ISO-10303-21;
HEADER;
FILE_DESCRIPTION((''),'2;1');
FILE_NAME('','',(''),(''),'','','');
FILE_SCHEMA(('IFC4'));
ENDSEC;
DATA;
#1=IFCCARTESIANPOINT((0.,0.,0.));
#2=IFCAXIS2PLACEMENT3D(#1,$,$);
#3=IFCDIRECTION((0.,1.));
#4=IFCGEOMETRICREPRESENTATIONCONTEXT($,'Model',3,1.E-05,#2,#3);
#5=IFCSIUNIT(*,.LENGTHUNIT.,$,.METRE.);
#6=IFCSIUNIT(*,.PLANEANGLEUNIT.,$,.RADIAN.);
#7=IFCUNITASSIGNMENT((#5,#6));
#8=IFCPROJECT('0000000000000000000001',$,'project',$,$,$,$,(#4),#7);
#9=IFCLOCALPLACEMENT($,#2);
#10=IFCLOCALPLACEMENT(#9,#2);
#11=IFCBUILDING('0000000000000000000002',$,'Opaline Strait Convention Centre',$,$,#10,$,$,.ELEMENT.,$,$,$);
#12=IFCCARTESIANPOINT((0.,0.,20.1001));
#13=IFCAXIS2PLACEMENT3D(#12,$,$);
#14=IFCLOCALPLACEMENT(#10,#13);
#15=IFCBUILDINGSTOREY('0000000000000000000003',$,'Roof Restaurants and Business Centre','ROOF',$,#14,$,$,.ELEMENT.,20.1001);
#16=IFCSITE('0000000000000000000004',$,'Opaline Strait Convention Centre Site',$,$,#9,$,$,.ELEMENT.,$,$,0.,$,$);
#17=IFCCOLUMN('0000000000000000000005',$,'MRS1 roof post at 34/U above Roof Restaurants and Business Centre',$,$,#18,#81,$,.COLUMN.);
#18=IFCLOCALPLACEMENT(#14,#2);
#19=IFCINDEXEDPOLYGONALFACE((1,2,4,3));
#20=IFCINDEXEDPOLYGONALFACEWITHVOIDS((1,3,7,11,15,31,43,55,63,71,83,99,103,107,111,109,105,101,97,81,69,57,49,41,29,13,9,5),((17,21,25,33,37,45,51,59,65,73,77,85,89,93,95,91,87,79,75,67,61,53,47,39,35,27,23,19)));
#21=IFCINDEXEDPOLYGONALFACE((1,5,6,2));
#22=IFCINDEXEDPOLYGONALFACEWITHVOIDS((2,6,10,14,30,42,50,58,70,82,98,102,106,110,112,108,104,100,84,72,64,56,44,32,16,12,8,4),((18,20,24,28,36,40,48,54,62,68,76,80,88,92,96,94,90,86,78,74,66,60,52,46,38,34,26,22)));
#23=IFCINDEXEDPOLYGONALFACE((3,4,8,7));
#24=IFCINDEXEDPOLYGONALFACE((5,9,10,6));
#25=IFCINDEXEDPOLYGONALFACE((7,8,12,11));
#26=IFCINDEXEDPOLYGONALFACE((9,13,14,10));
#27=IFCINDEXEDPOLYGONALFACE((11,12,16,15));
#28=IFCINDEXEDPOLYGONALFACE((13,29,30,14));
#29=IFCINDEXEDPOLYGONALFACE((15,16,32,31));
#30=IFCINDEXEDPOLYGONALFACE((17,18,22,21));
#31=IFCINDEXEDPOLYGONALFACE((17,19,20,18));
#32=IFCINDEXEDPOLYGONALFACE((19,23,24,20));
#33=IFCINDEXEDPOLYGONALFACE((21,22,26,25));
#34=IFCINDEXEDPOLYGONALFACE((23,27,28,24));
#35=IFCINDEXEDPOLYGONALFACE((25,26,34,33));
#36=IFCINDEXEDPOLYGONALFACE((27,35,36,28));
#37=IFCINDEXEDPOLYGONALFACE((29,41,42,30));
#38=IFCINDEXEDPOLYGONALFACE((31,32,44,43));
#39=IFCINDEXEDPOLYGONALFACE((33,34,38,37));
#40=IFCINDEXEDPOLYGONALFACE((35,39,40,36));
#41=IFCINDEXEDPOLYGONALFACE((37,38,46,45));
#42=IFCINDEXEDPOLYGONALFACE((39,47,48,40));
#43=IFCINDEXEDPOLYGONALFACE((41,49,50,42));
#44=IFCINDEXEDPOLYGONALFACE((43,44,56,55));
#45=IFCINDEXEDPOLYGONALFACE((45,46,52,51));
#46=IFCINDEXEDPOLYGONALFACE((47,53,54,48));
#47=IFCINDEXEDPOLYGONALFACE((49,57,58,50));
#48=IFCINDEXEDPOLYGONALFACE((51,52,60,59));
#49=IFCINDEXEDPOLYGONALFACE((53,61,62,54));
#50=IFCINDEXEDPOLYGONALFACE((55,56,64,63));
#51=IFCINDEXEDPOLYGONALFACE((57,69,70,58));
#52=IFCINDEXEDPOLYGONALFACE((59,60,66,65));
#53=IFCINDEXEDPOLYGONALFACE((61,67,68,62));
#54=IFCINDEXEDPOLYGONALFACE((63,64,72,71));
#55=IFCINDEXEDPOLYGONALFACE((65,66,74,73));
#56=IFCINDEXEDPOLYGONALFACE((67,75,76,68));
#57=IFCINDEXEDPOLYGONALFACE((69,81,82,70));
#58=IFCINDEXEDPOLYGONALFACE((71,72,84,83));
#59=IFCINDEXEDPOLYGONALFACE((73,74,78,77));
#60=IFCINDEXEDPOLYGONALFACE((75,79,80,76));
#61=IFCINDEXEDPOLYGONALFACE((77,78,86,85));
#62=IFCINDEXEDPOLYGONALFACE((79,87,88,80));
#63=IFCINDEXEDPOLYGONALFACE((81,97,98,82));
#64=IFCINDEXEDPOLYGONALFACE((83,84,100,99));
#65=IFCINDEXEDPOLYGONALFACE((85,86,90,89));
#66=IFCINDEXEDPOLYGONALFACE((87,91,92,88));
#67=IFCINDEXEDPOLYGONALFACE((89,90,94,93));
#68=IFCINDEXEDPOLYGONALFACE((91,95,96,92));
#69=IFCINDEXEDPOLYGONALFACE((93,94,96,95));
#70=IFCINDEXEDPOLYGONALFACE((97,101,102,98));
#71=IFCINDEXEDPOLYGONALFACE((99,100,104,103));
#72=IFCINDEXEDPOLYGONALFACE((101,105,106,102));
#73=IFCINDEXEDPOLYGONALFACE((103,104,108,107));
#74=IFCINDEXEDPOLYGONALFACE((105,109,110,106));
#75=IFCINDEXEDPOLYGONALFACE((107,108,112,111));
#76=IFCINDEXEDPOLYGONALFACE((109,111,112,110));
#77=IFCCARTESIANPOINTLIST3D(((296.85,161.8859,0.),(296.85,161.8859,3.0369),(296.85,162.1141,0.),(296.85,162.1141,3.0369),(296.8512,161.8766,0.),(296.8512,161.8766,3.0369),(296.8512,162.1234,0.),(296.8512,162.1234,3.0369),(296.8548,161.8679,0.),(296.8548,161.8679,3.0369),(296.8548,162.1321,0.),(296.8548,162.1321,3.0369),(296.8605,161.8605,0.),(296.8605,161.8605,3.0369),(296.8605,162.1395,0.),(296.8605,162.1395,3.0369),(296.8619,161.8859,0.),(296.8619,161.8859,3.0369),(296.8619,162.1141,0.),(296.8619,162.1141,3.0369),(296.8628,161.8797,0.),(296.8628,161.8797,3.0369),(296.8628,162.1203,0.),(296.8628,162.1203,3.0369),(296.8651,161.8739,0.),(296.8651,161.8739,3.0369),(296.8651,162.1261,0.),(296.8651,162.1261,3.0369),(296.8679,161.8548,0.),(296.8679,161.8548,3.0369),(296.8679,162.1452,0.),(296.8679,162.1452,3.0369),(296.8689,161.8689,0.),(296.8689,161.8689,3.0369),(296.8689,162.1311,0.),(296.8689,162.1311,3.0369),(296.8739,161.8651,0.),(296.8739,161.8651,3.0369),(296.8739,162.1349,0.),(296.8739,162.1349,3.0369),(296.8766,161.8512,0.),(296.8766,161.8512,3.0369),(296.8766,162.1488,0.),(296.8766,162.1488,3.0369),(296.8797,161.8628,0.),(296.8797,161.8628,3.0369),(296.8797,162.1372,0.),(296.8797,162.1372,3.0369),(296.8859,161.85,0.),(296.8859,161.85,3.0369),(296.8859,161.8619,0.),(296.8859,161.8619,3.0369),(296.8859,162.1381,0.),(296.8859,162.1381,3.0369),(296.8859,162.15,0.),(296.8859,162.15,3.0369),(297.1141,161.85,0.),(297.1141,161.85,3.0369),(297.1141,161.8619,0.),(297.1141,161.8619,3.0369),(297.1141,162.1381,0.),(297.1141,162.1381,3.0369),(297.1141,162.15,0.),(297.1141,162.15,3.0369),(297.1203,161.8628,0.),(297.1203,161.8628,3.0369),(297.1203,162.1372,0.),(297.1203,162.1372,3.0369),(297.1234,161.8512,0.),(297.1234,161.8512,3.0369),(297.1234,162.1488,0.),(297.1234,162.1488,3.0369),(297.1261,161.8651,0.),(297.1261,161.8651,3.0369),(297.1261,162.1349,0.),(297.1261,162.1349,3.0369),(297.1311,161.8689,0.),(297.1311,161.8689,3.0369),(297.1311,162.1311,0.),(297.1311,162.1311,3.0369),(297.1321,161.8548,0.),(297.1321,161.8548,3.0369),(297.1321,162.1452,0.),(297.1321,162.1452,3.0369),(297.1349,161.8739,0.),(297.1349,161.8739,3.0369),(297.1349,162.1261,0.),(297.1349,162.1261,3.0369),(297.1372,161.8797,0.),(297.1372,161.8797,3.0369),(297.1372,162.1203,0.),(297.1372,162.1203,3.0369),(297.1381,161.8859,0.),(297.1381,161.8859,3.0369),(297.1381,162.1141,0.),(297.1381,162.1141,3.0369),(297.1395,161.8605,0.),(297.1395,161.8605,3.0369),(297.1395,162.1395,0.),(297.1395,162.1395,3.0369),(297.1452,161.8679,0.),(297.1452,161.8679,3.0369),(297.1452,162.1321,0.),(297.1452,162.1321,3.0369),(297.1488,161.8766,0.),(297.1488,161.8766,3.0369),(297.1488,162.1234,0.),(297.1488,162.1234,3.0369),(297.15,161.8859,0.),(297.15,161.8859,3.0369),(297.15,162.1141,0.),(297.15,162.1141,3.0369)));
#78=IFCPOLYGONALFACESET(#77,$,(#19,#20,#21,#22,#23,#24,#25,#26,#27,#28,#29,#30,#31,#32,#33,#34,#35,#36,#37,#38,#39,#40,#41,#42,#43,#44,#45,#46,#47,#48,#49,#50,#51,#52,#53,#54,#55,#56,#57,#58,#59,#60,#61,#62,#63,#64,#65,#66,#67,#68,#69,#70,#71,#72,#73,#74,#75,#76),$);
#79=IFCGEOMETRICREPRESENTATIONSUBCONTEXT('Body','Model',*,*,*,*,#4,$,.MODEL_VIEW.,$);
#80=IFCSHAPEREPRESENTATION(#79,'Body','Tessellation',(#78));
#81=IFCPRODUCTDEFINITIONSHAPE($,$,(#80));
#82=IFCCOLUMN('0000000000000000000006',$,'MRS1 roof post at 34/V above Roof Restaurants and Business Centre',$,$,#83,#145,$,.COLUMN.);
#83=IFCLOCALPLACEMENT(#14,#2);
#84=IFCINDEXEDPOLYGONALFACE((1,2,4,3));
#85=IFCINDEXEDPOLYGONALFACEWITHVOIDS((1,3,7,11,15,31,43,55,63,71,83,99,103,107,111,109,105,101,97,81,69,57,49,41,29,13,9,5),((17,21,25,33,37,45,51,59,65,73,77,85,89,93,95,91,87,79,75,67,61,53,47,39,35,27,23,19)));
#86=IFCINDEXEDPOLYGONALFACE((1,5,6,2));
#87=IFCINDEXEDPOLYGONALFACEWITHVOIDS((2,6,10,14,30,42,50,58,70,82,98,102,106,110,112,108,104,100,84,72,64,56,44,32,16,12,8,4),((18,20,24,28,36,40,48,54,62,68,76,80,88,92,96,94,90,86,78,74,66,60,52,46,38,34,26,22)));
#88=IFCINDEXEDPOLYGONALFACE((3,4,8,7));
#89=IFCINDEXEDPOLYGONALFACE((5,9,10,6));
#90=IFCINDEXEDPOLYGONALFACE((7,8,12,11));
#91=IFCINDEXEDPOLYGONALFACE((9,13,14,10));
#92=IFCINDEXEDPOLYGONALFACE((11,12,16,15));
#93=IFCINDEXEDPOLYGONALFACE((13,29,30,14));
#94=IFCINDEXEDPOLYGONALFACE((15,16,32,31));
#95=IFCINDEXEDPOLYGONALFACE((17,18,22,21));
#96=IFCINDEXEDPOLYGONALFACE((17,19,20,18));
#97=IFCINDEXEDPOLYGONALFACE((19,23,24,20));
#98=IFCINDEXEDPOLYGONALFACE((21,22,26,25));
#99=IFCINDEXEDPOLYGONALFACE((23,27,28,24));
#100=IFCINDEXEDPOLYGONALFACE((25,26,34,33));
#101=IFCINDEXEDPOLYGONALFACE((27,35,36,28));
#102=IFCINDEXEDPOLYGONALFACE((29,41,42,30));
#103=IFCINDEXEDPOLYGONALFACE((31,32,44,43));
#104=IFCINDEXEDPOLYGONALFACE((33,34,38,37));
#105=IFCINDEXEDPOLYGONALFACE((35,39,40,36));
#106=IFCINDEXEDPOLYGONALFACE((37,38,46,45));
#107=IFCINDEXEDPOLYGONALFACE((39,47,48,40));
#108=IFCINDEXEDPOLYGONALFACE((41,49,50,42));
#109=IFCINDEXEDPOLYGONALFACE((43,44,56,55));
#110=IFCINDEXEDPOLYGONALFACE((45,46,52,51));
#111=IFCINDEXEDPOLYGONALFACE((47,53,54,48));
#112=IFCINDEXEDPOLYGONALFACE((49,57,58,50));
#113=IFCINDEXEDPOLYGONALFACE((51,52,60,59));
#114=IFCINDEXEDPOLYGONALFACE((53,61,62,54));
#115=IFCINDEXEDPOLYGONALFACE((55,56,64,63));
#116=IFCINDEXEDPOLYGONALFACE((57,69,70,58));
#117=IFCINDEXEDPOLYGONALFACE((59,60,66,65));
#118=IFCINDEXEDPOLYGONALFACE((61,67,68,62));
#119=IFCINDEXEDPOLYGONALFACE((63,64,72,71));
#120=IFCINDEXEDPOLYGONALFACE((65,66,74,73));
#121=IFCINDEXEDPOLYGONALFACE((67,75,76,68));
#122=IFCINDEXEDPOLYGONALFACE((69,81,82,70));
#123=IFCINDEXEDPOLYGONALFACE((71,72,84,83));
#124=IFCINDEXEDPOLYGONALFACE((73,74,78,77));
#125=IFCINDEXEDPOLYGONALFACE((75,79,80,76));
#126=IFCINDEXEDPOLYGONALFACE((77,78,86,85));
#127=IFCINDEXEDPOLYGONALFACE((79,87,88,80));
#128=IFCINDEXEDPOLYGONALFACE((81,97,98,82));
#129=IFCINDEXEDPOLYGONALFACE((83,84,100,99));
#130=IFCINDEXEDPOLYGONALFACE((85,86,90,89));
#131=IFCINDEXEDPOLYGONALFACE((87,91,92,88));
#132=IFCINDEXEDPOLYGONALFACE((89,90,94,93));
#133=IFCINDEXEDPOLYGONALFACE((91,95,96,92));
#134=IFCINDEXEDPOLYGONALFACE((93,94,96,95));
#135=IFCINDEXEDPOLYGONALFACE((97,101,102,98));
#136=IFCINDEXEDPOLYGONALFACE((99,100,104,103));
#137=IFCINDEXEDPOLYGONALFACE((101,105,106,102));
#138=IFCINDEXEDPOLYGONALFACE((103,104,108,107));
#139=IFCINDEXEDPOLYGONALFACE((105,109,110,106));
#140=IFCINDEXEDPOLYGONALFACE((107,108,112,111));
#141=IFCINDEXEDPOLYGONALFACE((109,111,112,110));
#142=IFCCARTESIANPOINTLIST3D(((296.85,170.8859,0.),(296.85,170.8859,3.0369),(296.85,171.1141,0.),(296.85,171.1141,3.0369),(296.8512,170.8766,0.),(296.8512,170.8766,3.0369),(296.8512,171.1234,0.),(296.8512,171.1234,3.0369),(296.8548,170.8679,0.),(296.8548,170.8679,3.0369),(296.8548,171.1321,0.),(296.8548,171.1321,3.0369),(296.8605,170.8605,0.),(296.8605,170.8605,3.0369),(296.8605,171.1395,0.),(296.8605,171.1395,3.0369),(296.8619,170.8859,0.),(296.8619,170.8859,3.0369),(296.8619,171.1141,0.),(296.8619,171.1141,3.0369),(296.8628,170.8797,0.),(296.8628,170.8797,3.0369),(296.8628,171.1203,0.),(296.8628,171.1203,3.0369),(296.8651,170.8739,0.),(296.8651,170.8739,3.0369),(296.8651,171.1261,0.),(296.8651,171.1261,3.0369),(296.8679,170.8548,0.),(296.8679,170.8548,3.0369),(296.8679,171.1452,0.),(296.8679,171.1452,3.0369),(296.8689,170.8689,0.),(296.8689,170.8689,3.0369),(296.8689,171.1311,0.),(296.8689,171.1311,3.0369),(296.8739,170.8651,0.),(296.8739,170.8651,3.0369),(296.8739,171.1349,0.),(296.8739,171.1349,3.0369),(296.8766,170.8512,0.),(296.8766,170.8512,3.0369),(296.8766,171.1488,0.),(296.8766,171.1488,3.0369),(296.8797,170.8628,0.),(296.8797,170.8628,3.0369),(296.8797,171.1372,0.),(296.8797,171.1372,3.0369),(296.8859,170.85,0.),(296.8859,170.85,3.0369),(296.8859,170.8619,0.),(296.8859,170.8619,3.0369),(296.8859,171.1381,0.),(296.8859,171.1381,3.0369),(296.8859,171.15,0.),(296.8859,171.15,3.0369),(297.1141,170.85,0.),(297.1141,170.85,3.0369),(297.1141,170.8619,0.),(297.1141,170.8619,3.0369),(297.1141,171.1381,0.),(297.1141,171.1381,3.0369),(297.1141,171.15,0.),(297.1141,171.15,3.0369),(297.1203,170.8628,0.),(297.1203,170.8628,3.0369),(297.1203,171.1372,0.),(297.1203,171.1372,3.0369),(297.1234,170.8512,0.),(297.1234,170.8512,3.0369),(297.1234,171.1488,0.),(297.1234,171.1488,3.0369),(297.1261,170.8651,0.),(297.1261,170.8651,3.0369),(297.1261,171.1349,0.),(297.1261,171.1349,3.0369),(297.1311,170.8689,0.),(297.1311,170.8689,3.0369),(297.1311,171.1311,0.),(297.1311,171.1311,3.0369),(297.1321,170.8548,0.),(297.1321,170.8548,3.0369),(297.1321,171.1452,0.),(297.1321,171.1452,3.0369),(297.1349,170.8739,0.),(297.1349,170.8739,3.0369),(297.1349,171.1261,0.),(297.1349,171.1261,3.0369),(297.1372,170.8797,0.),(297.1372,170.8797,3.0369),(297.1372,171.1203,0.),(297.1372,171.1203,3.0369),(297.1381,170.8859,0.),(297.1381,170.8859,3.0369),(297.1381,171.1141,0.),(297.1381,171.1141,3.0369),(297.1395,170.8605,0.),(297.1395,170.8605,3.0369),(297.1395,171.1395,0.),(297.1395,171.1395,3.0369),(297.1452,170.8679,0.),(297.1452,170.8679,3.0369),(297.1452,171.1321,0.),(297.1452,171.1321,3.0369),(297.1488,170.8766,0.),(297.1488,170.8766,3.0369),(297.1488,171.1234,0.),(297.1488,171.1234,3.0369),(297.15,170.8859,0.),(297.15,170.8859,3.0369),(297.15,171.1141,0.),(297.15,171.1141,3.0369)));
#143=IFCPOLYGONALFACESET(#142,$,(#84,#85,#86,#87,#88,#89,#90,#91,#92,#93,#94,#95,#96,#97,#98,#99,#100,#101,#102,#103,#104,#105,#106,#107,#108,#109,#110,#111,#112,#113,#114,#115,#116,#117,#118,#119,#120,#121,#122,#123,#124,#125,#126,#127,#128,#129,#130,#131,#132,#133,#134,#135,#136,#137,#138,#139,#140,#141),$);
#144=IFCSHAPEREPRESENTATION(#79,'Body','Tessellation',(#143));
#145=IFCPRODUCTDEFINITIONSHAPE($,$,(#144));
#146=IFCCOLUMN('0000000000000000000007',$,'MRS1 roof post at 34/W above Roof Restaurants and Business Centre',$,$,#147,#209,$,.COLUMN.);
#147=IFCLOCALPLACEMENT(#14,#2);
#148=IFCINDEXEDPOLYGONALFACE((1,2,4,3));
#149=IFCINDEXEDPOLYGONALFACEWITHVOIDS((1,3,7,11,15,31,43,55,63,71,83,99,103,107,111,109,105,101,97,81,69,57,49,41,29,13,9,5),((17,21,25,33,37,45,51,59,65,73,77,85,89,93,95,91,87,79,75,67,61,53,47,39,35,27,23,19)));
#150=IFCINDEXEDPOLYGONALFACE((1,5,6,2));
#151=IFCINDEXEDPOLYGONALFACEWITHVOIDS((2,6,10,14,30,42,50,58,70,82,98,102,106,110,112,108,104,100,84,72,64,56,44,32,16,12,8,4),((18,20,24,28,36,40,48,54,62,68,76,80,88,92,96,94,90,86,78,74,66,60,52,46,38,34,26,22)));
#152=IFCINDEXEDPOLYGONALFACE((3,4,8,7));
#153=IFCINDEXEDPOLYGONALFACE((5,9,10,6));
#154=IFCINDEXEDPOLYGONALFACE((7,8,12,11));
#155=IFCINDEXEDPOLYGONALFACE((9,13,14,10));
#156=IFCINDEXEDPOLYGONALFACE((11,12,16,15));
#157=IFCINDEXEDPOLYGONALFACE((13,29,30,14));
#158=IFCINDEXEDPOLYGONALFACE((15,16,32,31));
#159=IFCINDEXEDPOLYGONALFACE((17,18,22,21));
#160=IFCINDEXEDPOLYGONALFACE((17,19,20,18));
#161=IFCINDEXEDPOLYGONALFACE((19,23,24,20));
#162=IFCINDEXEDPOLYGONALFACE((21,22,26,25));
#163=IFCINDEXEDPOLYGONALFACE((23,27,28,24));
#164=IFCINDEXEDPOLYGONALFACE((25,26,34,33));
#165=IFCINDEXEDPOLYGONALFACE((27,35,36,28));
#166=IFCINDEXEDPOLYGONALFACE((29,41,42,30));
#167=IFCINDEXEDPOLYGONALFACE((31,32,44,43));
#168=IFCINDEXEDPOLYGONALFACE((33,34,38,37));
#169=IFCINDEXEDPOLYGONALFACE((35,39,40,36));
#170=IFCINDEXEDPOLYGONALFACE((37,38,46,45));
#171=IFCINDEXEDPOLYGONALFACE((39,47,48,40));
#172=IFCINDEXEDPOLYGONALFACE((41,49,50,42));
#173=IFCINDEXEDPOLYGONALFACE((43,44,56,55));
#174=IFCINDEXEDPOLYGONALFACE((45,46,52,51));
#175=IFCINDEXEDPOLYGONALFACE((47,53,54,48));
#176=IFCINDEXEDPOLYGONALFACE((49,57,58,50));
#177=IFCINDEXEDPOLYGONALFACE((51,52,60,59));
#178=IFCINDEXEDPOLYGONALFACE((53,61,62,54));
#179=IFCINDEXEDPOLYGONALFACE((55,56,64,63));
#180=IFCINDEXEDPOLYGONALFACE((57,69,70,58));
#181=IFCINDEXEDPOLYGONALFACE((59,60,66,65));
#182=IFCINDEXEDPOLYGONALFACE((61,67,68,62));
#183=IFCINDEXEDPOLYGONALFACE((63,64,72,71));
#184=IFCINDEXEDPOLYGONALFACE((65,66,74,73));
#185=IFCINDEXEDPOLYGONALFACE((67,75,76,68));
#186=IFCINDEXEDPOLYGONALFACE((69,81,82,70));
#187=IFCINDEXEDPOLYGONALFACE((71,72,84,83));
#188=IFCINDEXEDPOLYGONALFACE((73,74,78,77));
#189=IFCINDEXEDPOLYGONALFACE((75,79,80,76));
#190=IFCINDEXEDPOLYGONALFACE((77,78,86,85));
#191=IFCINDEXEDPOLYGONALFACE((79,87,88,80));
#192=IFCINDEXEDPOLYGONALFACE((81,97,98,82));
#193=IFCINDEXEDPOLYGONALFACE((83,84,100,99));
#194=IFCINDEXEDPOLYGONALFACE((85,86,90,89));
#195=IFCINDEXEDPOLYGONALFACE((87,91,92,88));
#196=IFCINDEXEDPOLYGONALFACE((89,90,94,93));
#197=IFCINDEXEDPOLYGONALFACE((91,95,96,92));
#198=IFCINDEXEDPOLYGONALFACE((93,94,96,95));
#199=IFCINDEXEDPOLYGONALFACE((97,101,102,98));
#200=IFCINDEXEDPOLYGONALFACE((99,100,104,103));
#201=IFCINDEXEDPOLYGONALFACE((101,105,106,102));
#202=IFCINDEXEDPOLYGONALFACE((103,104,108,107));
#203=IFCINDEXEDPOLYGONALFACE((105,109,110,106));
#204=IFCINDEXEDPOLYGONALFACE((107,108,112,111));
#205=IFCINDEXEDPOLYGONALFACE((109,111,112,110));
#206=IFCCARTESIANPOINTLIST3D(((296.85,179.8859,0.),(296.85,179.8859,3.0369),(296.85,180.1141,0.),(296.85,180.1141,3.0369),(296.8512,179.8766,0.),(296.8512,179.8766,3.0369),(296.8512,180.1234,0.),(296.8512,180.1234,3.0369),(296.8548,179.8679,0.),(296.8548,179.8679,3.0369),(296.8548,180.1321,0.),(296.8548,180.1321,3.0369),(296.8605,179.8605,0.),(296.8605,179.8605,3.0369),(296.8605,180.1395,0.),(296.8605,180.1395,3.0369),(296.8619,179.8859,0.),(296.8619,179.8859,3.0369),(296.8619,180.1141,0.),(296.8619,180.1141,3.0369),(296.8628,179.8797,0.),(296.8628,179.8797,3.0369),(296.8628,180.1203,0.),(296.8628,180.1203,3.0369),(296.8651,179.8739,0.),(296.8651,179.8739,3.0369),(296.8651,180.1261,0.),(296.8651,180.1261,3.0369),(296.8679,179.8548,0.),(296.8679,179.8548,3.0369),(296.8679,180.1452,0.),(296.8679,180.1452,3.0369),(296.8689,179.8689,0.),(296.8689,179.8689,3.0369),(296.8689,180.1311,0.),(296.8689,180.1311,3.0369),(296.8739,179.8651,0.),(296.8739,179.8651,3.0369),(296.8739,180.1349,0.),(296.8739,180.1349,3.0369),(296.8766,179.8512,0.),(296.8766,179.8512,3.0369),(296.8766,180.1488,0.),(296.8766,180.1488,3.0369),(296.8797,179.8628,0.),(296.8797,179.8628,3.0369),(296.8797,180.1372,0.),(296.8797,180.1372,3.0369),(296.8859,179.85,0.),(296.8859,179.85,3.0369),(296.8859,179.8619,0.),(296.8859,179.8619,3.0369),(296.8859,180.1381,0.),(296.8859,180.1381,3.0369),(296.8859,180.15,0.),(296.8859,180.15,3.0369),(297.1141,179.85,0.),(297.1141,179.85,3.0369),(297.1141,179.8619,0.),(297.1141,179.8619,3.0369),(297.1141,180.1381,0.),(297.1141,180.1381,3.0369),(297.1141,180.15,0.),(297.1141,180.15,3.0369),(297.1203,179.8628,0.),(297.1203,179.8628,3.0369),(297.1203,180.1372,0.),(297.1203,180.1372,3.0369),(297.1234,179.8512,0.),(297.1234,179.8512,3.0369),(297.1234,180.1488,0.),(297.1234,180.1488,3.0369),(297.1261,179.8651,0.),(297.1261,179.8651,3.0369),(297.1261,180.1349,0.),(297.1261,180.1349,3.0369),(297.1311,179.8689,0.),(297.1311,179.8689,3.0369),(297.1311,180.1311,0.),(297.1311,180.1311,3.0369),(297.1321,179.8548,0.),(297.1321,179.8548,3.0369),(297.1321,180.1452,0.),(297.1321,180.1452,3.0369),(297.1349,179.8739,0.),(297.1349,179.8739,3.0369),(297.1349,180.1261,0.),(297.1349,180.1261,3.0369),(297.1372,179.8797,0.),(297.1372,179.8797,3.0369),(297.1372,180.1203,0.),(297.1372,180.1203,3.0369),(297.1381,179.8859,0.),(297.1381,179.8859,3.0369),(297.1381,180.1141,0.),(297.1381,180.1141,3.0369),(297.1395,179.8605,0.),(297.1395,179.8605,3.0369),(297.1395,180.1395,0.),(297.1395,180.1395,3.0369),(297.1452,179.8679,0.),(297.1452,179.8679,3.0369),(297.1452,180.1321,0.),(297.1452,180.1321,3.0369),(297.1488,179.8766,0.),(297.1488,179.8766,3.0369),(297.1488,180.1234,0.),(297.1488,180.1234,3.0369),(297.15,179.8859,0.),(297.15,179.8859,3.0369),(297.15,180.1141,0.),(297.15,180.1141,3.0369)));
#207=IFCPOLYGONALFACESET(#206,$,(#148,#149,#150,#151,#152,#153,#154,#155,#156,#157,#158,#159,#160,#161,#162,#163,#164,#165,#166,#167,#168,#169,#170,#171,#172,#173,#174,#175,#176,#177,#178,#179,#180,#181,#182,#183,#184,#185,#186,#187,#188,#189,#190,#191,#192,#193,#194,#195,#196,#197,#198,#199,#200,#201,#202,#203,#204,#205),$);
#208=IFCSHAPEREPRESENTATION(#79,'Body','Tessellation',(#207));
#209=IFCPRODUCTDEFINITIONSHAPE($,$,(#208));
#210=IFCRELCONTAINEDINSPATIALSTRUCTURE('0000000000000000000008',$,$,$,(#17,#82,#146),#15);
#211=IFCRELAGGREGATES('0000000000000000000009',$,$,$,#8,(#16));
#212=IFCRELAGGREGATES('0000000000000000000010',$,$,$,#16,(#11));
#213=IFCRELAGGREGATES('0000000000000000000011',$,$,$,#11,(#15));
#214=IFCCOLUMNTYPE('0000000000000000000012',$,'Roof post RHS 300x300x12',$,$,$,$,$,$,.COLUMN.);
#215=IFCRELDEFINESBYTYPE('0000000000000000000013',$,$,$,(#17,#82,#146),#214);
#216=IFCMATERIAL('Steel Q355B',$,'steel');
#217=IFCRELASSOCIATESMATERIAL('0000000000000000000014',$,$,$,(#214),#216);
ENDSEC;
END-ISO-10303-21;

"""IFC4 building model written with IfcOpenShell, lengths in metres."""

from ifc_helpers import new_model, si_unit, direction, frame, origin, origin_2d, place, context, subcontext, project, spatial, hollow_rectangle, extrude, material, material_profile, profile_set, type_object, element, save


model = new_model("IFC4")

# Units and contexts
model_context = context("Model", 3, precision=1e-05, world=origin(), true_north=direction((0.0, 1.0)))
body_context = subcontext(model_context, "Body", "Model", "MODEL_VIEW")
ifc_project = project(units=[si_unit("LENGTHUNIT", "METRE"), si_unit("PLANEANGLEUNIT", "RADIAN")], contexts=[model_context])

# Site, building, storey
site_placement = place(None, origin())
site = spatial("IfcSite", under=ifc_project, at=site_placement, Name="Opaline Strait Convention Centre Site", CompositionType="ELEMENT", RefElevation=0.0)
building_placement = place(site_placement, origin())
building = spatial("IfcBuilding", under=site, at=building_placement, Name="Opaline Strait Convention Centre", CompositionType="ELEMENT")
storey_placement = place(building_placement, frame((0.0, 0.0, 20.1001)))
storey = spatial("IfcBuildingStorey", under=building, at=storey_placement, Name="Roof Restaurants and Business Centre", Description="ROOF", CompositionType="ELEMENT", Elevation=20.1001)

# Columns
ifc_material = material(Name="Steel Q355B", Category="steel")
ifc_material_profile = material_profile(ifc_material, hollow_rectangle(XDim=0.3, YDim=0.3, WallThickness=0.012, InnerFilletRadius=0.0239, OuterFilletRadius=0.0359, at=origin_2d()), Name="RHS 300x300x12")
ifc_profile_set = profile_set([ifc_material_profile], Name="Steel Q355B")
column_type = type_object("IfcColumnType", Name="Roof post RHS 300x300x12", PredefinedType="COLUMN", material=ifc_profile_set)
for number, where, z_axis, x_axis, name in (
    (1, (297.0, 162.0, 0.0), (0.0, 0.0, 1.0), (1.0, 0.0, 0.0), "MRS1 roof post at 34/U above Roof Restaurants and Business Centre"),
    (2, (297.0, 171.0, 0.0), (0.0, 0.0, 1.0), (1.0, 0.0, 0.0), "MRS1 roof post at 34/V above Roof Restaurants and Business Centre"),
    (3, (297.0, 180.0, 0.0), (0.0, 0.0, 1.0), (1.0, 0.0, 0.0), "MRS1 roof post at 34/W above Roof Restaurants and Business Centre"),
):
    element("IfcColumn", number, at=place(storey_placement, frame(where, z_axis=z_axis, x_axis=x_axis)), inside=storey, type_object=column_type, Name=name, PredefinedType="COLUMN", context=body_context, shape_type="SweptSolid", body=[
        extrude(hollow_rectangle(XDim=0.3, YDim=0.3, WallThickness=0.012, InnerFilletRadius=0.0239, OuterFilletRadius=0.0359, at=origin_2d()), origin(), (0.0, 0.0, 1.0), 3.0369),
    ])

save(model, "model.ifc")
